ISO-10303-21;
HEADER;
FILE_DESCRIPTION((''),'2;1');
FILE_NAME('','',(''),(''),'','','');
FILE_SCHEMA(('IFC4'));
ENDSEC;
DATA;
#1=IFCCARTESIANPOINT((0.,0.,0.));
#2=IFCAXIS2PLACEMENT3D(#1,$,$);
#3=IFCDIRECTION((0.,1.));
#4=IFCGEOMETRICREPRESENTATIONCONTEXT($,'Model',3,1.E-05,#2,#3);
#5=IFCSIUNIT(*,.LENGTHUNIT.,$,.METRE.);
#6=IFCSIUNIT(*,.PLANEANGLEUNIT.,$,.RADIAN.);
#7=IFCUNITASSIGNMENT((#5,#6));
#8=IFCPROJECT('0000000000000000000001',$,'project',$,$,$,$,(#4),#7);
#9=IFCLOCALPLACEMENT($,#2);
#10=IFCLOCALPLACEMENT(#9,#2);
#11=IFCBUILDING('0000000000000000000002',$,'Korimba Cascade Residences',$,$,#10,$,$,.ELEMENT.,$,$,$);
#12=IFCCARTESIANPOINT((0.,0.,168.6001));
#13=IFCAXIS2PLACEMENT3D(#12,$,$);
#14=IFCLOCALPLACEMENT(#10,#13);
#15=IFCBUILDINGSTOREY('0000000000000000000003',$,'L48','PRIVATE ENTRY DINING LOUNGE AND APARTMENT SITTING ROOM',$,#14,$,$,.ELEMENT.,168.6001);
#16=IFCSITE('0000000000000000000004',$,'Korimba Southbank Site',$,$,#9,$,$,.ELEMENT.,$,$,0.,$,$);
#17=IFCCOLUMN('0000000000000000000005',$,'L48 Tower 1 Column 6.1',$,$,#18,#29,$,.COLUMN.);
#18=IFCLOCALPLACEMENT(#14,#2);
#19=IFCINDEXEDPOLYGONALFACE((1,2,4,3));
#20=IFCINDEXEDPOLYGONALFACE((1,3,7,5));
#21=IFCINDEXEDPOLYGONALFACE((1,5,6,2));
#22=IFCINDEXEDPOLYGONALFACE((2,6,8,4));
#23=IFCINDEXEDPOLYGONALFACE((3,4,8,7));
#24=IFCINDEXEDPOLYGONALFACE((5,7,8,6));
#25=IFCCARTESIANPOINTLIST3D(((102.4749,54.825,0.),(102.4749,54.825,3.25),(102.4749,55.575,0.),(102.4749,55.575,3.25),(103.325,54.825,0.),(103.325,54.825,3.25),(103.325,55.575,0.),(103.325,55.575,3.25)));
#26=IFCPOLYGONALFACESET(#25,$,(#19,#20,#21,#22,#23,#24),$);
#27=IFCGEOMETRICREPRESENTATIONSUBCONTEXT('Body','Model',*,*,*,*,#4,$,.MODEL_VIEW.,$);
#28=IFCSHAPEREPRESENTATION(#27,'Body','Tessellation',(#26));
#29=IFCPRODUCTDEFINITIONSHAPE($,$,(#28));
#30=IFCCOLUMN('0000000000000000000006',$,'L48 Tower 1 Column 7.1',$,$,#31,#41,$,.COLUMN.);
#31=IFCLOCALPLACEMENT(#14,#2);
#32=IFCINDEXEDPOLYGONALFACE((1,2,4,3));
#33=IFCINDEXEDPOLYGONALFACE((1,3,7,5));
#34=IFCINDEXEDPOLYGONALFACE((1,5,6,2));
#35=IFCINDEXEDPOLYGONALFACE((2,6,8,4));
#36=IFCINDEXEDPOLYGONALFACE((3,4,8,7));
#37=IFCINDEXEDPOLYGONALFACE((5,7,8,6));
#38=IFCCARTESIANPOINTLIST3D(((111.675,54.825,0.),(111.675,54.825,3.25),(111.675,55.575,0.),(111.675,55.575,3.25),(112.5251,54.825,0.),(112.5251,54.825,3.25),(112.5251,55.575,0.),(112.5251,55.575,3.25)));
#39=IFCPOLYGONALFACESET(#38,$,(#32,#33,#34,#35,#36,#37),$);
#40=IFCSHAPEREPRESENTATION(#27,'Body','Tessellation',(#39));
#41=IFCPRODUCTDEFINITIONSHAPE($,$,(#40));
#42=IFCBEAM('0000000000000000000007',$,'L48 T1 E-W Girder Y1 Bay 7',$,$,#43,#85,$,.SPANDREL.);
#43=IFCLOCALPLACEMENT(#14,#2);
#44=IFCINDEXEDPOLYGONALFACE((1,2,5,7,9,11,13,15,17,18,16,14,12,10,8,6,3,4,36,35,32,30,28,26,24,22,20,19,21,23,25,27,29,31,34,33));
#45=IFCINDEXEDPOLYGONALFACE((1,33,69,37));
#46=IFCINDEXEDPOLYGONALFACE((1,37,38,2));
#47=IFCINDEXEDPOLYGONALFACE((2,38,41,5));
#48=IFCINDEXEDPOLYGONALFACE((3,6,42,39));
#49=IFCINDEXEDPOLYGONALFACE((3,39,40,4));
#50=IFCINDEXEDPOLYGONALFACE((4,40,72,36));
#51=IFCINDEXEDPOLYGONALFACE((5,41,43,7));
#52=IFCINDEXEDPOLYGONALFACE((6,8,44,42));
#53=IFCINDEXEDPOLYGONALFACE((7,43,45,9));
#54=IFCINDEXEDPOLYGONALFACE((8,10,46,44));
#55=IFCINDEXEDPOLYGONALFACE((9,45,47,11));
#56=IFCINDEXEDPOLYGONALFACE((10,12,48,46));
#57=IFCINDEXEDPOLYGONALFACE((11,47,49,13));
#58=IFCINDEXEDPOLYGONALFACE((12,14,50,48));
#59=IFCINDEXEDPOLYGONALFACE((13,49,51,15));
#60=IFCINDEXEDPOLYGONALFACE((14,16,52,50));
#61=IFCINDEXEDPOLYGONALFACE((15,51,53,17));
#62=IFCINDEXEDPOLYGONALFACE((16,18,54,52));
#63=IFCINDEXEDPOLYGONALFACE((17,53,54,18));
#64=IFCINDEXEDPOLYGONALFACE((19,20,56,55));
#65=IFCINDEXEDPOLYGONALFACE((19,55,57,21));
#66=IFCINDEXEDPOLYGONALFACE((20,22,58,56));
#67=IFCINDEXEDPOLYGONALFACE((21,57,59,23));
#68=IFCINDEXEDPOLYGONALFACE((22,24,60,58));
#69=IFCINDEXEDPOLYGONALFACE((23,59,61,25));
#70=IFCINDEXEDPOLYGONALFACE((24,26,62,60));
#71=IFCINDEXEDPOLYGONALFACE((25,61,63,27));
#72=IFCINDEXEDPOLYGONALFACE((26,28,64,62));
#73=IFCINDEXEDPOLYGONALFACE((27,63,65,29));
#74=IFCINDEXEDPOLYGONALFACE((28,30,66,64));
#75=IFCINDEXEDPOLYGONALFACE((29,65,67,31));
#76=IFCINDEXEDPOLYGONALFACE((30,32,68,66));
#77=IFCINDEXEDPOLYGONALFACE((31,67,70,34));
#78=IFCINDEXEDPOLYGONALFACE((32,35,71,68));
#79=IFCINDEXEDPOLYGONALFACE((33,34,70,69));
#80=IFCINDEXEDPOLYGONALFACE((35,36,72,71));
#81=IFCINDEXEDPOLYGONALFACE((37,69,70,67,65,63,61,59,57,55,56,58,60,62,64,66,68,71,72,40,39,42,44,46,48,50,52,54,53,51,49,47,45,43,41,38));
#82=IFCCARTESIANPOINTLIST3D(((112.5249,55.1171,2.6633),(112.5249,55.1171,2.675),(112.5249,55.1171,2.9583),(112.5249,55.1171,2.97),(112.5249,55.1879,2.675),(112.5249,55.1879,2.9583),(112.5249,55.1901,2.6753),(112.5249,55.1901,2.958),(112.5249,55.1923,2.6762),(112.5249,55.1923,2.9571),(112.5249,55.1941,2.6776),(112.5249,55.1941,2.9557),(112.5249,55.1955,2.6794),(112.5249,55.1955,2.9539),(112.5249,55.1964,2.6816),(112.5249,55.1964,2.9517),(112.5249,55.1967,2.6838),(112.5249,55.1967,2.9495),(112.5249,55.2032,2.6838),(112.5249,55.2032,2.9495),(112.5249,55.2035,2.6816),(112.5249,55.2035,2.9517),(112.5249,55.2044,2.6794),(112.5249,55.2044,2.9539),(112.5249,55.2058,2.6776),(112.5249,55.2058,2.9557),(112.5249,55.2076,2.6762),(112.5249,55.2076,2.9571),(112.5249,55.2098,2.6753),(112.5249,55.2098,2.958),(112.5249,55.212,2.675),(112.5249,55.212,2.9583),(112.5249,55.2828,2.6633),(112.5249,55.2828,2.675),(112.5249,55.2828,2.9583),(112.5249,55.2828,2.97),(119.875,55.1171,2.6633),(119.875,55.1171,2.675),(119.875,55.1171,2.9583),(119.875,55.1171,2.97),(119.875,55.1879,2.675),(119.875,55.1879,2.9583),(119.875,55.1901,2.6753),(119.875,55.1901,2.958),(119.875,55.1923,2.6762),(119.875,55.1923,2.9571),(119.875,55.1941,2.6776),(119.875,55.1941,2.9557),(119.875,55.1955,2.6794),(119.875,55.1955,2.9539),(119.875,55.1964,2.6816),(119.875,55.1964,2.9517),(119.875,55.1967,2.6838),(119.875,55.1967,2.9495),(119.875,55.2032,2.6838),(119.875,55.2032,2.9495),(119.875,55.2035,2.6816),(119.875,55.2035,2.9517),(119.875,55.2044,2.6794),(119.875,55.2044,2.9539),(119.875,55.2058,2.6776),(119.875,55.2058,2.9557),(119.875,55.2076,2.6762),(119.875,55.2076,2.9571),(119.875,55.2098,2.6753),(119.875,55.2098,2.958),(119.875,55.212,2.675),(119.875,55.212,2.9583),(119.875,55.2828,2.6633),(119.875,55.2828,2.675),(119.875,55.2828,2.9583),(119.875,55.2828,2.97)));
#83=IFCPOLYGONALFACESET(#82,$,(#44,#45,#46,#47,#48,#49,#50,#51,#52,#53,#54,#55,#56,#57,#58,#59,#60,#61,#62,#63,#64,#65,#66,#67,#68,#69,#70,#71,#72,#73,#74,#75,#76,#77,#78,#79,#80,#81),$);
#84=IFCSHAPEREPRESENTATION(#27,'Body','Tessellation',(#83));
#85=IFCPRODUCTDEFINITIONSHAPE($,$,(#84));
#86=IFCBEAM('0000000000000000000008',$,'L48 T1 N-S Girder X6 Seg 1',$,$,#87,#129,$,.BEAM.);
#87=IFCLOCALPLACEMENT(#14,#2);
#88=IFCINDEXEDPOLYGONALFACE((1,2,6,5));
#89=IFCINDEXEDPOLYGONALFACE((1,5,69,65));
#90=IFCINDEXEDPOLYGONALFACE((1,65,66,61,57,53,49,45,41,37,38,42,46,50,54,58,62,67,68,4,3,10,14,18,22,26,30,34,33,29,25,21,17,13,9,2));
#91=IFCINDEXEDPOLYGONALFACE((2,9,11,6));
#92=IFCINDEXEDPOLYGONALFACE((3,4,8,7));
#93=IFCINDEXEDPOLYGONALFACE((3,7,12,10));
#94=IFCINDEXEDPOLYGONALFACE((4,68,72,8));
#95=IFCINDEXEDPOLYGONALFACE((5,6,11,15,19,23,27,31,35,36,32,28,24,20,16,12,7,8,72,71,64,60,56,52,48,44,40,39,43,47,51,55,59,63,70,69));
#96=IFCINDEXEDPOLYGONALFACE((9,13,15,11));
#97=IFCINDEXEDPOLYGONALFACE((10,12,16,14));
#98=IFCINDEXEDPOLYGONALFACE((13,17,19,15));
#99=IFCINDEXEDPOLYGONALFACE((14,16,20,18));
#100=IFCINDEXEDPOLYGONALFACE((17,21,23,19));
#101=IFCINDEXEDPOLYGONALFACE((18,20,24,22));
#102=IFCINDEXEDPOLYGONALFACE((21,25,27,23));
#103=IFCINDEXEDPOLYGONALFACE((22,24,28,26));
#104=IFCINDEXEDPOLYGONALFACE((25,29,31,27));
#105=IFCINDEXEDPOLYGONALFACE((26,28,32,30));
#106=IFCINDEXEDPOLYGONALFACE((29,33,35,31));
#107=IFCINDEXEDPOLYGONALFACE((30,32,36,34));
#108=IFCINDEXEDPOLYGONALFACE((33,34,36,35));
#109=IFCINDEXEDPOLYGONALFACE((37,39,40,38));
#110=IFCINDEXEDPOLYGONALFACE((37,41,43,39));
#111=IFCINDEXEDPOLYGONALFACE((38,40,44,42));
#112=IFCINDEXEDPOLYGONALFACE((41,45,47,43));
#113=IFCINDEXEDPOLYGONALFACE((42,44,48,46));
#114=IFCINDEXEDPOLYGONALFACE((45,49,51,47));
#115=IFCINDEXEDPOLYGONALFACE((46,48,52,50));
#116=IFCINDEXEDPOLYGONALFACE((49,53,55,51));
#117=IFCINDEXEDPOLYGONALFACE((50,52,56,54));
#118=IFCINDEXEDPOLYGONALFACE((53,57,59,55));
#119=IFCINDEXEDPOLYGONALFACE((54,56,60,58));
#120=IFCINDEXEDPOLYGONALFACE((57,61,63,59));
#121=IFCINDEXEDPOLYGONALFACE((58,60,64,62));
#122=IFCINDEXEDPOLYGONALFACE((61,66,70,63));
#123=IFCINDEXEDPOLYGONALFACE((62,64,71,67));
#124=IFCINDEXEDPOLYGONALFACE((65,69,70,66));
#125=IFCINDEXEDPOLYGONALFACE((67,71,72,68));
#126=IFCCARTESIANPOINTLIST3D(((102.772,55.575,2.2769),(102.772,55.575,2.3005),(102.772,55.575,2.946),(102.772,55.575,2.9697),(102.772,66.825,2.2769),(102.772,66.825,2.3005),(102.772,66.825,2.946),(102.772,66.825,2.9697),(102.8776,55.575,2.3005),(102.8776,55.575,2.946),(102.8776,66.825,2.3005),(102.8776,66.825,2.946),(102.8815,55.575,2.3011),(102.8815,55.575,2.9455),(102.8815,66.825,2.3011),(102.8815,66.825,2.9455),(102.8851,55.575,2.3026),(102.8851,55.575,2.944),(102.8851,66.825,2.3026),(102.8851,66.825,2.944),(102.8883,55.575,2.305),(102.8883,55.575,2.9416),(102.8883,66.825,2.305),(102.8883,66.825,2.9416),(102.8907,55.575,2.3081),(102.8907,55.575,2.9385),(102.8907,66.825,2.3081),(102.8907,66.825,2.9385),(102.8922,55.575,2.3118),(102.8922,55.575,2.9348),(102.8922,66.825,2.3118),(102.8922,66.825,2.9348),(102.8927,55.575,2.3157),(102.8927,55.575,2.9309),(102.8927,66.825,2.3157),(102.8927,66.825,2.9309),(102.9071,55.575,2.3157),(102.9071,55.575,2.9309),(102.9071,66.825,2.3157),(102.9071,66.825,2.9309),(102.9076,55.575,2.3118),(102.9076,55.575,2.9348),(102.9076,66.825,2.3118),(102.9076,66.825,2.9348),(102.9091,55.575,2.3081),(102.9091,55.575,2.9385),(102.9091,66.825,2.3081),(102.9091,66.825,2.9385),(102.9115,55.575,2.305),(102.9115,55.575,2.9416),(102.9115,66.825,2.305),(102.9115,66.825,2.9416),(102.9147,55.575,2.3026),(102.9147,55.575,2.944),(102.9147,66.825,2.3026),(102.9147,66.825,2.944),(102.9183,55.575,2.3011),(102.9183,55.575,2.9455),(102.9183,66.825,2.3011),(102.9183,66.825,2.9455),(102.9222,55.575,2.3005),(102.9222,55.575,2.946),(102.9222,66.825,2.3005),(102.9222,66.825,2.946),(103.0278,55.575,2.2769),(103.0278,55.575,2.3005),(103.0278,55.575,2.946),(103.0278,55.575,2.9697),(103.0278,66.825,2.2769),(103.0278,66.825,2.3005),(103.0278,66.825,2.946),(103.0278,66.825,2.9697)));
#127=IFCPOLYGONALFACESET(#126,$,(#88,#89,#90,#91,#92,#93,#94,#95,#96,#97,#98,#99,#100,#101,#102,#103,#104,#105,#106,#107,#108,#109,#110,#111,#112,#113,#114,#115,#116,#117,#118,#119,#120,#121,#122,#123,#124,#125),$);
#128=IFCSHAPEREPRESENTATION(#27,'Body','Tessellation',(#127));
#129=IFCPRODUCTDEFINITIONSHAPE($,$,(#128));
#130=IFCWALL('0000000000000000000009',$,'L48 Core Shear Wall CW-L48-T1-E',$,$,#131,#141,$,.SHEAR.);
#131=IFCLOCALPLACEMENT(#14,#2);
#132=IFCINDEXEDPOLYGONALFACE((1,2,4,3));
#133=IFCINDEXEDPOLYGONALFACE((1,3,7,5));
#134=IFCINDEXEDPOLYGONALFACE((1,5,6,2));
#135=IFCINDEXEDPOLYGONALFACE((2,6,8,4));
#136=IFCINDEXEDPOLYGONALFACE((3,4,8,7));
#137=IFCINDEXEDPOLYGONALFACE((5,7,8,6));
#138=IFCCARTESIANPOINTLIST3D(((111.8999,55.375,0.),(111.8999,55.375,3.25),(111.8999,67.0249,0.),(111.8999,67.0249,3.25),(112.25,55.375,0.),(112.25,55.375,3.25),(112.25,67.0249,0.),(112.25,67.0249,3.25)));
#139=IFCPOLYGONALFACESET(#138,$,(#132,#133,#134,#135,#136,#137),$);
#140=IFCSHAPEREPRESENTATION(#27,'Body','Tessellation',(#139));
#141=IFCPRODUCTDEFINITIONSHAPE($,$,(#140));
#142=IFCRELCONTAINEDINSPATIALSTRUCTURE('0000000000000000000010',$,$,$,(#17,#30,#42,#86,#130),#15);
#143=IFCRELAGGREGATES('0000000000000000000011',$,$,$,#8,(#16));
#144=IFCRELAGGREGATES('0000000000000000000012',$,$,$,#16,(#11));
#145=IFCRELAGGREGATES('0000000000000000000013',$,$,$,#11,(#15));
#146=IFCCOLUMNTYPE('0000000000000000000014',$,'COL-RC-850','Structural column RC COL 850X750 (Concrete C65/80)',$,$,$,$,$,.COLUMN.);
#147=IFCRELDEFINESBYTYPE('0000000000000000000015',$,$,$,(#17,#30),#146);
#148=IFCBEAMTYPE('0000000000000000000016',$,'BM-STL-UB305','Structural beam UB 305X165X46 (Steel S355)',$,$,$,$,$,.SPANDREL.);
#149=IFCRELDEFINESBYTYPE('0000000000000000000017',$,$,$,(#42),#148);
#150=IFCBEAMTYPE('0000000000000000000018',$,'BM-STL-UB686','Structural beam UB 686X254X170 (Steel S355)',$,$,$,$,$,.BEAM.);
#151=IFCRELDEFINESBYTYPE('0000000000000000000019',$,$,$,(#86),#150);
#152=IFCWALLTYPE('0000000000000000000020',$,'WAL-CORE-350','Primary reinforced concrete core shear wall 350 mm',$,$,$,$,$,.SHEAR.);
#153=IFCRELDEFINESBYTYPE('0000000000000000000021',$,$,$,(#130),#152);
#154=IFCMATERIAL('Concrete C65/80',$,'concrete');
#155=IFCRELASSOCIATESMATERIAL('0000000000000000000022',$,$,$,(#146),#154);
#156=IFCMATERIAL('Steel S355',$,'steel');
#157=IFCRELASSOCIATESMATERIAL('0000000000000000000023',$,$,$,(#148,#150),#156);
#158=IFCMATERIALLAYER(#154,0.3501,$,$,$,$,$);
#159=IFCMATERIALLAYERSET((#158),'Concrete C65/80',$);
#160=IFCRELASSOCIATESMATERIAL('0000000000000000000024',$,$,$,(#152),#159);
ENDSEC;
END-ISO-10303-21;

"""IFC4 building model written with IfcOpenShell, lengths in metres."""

from ifc_helpers import new_model, si_unit, direction, frame, frame_2d, origin, origin_2d, place, context, subcontext, project, spatial, rectangle, i_section, extrude, material, layer, layer_set, material_profile, profile_set, type_object, element, save


model = new_model("IFC4")

# Units and contexts
model_context = context("Model", 3, precision=1e-05, world=origin(), true_north=direction((0.0, 1.0)))
body_context = subcontext(model_context, "Body", "Model", "MODEL_VIEW")
ifc_project = project(units=[si_unit("LENGTHUNIT", "METRE"), si_unit("PLANEANGLEUNIT", "RADIAN")], contexts=[model_context])

# Site, building, storey
site_placement = place(None, origin())
site = spatial("IfcSite", under=ifc_project, at=site_placement, Name="Korimba Southbank Site", CompositionType="ELEMENT", RefElevation=0.0)
building_placement = place(site_placement, origin())
building = spatial("IfcBuilding", under=site, at=building_placement, Name="Korimba Cascade Residences", CompositionType="ELEMENT")
storey_placement = place(building_placement, frame((0.0, 0.0, 168.6001)))
storey = spatial("IfcBuildingStorey", under=building, at=storey_placement, Name="L48", Description="PRIVATE ENTRY DINING LOUNGE AND APARTMENT SITTING ROOM", CompositionType="ELEMENT", Elevation=168.6001)

# Columns
ifc_material_1 = material(Name="Concrete C65/80", Category="concrete")
ifc_material_profile_1 = material_profile(ifc_material_1, rectangle(XDim=0.8501, YDim=0.75, at=origin_2d()), Name="Concrete C65/80")
ifc_profile_set_1 = profile_set([ifc_material_profile_1], Name="Concrete C65/80")
column_type = type_object("IfcColumnType", Name="COL-RC-850", Description="Structural column RC COL 850X750 (Concrete C65/80)", PredefinedType="COLUMN", material=ifc_profile_set_1)
for number, where, z_axis, x_axis, name in (
    (1, (102.8999, 55.2, 0.0), (0.0, 0.0, 1.0), (1.0, 0.0, 0.0), "L48 Tower 1 Column 6.1"),
    (2, (112.1001, 55.2, 0.0), (0.0, 0.0, 1.0), (1.0, 0.0, 0.0), "L48 Tower 1 Column 7.1"),
):
    element("IfcColumn", number, at=place(storey_placement, frame(where, z_axis=z_axis, x_axis=x_axis)), inside=storey, type_object=column_type, Name=name, PredefinedType="COLUMN", context=body_context, shape_type="SweptSolid", body=[
        extrude(rectangle(XDim=0.8501, YDim=0.75, at=origin_2d()), origin(), (0.0, 0.0, 1.0), 3.25),
    ])

# Beams
ifc_material_2 = material(Name="Steel S355", Category="steel")
ifc_material_profile_2 = material_profile(ifc_material_2, i_section(OverallWidth=0.1658, OverallDepth=0.3066, WebThickness=0.0066, FlangeThickness=0.0117, FilletRadius=0.0088, at=origin_2d()), Name="Steel S355")
ifc_profile_set_2 = profile_set([ifc_material_profile_2], Name="Steel S355")
beam_type_1 = type_object("IfcBeamType", Name="BM-STL-UB305", Description="Structural beam UB 305X165X46 (Steel S355)", PredefinedType="SPANDREL", material=ifc_profile_set_2)
beam_1_placement = place(storey_placement, frame((112.5249, 55.2, 2.8167), z_axis=(1.0, 0.0, 0.0), x_axis=(0.0, 1.0, 0.0)))
element("IfcBeam", 3, at=beam_1_placement, inside=storey, type_object=beam_type_1, Name="L48 T1 E-W Girder Y1 Bay 7", PredefinedType="SPANDREL", context=body_context, shape_type="SweptSolid", body=[
    extrude(i_section(OverallWidth=0.1658, OverallDepth=0.3066, WebThickness=0.0066, FlangeThickness=0.0117, FilletRadius=0.0088, at=origin_2d()), origin(), (0.0, 0.0, 1.0), 7.3501),
])
ifc_material_profile_3 = material_profile(ifc_material_2, i_section(OverallWidth=0.2559, OverallDepth=0.6929, WebThickness=0.0144, FlangeThickness=0.0237, FilletRadius=0.0151, at=origin_2d()), Name="Steel S355")
ifc_profile_set_3 = profile_set([ifc_material_profile_3], Name="Steel S355")
beam_type_2 = type_object("IfcBeamType", Name="BM-STL-UB686", Description="Structural beam UB 686X254X170 (Steel S355)", PredefinedType="BEAM", material=ifc_profile_set_3)
beam_2_placement = place(storey_placement, frame((102.8999, 55.575, 2.6233), z_axis=(0.0, 1.0, 0.0), x_axis=(-1.0, 0.0, 0.0)))
element("IfcBeam", 4, at=beam_2_placement, inside=storey, type_object=beam_type_2, Name="L48 T1 N-S Girder X6 Seg 1", PredefinedType="BEAM", context=body_context, shape_type="SweptSolid", body=[
    extrude(i_section(OverallWidth=0.2559, OverallDepth=0.6929, WebThickness=0.0144, FlangeThickness=0.0237, FilletRadius=0.0151, at=origin_2d()), origin(), (0.0, 0.0, 1.0), 11.25),
])

# Wall
ifc_layer_1 = layer(ifc_material_1, 0.3501)
ifc_layer_set_1 = layer_set([ifc_layer_1], Name="Concrete C65/80")
wall_type_1 = type_object("IfcWallType", Name="WAL-CORE-350", Description="Primary reinforced concrete core shear wall 350 mm", PredefinedType="SHEAR", material=ifc_layer_set_1)
wall_1_placement = place(storey_placement, frame((112.075, 55.375, 0.0), z_axis=(0.0, 0.0, 1.0), x_axis=(0.0, 1.0, 0.0)))
element("IfcWall", 5, at=wall_1_placement, inside=storey, type_object=wall_type_1, Name="L48 Core Shear Wall CW-L48-T1-E", PredefinedType="SHEAR", context=body_context, shape_type="SweptSolid", body=[
    extrude(rectangle(XDim=11.6499, YDim=0.3501, at=frame_2d((5.825, 0.0))), origin(), (0.0, 0.0, 1.0), 3.25),
])

save(model, "model.ifc")
